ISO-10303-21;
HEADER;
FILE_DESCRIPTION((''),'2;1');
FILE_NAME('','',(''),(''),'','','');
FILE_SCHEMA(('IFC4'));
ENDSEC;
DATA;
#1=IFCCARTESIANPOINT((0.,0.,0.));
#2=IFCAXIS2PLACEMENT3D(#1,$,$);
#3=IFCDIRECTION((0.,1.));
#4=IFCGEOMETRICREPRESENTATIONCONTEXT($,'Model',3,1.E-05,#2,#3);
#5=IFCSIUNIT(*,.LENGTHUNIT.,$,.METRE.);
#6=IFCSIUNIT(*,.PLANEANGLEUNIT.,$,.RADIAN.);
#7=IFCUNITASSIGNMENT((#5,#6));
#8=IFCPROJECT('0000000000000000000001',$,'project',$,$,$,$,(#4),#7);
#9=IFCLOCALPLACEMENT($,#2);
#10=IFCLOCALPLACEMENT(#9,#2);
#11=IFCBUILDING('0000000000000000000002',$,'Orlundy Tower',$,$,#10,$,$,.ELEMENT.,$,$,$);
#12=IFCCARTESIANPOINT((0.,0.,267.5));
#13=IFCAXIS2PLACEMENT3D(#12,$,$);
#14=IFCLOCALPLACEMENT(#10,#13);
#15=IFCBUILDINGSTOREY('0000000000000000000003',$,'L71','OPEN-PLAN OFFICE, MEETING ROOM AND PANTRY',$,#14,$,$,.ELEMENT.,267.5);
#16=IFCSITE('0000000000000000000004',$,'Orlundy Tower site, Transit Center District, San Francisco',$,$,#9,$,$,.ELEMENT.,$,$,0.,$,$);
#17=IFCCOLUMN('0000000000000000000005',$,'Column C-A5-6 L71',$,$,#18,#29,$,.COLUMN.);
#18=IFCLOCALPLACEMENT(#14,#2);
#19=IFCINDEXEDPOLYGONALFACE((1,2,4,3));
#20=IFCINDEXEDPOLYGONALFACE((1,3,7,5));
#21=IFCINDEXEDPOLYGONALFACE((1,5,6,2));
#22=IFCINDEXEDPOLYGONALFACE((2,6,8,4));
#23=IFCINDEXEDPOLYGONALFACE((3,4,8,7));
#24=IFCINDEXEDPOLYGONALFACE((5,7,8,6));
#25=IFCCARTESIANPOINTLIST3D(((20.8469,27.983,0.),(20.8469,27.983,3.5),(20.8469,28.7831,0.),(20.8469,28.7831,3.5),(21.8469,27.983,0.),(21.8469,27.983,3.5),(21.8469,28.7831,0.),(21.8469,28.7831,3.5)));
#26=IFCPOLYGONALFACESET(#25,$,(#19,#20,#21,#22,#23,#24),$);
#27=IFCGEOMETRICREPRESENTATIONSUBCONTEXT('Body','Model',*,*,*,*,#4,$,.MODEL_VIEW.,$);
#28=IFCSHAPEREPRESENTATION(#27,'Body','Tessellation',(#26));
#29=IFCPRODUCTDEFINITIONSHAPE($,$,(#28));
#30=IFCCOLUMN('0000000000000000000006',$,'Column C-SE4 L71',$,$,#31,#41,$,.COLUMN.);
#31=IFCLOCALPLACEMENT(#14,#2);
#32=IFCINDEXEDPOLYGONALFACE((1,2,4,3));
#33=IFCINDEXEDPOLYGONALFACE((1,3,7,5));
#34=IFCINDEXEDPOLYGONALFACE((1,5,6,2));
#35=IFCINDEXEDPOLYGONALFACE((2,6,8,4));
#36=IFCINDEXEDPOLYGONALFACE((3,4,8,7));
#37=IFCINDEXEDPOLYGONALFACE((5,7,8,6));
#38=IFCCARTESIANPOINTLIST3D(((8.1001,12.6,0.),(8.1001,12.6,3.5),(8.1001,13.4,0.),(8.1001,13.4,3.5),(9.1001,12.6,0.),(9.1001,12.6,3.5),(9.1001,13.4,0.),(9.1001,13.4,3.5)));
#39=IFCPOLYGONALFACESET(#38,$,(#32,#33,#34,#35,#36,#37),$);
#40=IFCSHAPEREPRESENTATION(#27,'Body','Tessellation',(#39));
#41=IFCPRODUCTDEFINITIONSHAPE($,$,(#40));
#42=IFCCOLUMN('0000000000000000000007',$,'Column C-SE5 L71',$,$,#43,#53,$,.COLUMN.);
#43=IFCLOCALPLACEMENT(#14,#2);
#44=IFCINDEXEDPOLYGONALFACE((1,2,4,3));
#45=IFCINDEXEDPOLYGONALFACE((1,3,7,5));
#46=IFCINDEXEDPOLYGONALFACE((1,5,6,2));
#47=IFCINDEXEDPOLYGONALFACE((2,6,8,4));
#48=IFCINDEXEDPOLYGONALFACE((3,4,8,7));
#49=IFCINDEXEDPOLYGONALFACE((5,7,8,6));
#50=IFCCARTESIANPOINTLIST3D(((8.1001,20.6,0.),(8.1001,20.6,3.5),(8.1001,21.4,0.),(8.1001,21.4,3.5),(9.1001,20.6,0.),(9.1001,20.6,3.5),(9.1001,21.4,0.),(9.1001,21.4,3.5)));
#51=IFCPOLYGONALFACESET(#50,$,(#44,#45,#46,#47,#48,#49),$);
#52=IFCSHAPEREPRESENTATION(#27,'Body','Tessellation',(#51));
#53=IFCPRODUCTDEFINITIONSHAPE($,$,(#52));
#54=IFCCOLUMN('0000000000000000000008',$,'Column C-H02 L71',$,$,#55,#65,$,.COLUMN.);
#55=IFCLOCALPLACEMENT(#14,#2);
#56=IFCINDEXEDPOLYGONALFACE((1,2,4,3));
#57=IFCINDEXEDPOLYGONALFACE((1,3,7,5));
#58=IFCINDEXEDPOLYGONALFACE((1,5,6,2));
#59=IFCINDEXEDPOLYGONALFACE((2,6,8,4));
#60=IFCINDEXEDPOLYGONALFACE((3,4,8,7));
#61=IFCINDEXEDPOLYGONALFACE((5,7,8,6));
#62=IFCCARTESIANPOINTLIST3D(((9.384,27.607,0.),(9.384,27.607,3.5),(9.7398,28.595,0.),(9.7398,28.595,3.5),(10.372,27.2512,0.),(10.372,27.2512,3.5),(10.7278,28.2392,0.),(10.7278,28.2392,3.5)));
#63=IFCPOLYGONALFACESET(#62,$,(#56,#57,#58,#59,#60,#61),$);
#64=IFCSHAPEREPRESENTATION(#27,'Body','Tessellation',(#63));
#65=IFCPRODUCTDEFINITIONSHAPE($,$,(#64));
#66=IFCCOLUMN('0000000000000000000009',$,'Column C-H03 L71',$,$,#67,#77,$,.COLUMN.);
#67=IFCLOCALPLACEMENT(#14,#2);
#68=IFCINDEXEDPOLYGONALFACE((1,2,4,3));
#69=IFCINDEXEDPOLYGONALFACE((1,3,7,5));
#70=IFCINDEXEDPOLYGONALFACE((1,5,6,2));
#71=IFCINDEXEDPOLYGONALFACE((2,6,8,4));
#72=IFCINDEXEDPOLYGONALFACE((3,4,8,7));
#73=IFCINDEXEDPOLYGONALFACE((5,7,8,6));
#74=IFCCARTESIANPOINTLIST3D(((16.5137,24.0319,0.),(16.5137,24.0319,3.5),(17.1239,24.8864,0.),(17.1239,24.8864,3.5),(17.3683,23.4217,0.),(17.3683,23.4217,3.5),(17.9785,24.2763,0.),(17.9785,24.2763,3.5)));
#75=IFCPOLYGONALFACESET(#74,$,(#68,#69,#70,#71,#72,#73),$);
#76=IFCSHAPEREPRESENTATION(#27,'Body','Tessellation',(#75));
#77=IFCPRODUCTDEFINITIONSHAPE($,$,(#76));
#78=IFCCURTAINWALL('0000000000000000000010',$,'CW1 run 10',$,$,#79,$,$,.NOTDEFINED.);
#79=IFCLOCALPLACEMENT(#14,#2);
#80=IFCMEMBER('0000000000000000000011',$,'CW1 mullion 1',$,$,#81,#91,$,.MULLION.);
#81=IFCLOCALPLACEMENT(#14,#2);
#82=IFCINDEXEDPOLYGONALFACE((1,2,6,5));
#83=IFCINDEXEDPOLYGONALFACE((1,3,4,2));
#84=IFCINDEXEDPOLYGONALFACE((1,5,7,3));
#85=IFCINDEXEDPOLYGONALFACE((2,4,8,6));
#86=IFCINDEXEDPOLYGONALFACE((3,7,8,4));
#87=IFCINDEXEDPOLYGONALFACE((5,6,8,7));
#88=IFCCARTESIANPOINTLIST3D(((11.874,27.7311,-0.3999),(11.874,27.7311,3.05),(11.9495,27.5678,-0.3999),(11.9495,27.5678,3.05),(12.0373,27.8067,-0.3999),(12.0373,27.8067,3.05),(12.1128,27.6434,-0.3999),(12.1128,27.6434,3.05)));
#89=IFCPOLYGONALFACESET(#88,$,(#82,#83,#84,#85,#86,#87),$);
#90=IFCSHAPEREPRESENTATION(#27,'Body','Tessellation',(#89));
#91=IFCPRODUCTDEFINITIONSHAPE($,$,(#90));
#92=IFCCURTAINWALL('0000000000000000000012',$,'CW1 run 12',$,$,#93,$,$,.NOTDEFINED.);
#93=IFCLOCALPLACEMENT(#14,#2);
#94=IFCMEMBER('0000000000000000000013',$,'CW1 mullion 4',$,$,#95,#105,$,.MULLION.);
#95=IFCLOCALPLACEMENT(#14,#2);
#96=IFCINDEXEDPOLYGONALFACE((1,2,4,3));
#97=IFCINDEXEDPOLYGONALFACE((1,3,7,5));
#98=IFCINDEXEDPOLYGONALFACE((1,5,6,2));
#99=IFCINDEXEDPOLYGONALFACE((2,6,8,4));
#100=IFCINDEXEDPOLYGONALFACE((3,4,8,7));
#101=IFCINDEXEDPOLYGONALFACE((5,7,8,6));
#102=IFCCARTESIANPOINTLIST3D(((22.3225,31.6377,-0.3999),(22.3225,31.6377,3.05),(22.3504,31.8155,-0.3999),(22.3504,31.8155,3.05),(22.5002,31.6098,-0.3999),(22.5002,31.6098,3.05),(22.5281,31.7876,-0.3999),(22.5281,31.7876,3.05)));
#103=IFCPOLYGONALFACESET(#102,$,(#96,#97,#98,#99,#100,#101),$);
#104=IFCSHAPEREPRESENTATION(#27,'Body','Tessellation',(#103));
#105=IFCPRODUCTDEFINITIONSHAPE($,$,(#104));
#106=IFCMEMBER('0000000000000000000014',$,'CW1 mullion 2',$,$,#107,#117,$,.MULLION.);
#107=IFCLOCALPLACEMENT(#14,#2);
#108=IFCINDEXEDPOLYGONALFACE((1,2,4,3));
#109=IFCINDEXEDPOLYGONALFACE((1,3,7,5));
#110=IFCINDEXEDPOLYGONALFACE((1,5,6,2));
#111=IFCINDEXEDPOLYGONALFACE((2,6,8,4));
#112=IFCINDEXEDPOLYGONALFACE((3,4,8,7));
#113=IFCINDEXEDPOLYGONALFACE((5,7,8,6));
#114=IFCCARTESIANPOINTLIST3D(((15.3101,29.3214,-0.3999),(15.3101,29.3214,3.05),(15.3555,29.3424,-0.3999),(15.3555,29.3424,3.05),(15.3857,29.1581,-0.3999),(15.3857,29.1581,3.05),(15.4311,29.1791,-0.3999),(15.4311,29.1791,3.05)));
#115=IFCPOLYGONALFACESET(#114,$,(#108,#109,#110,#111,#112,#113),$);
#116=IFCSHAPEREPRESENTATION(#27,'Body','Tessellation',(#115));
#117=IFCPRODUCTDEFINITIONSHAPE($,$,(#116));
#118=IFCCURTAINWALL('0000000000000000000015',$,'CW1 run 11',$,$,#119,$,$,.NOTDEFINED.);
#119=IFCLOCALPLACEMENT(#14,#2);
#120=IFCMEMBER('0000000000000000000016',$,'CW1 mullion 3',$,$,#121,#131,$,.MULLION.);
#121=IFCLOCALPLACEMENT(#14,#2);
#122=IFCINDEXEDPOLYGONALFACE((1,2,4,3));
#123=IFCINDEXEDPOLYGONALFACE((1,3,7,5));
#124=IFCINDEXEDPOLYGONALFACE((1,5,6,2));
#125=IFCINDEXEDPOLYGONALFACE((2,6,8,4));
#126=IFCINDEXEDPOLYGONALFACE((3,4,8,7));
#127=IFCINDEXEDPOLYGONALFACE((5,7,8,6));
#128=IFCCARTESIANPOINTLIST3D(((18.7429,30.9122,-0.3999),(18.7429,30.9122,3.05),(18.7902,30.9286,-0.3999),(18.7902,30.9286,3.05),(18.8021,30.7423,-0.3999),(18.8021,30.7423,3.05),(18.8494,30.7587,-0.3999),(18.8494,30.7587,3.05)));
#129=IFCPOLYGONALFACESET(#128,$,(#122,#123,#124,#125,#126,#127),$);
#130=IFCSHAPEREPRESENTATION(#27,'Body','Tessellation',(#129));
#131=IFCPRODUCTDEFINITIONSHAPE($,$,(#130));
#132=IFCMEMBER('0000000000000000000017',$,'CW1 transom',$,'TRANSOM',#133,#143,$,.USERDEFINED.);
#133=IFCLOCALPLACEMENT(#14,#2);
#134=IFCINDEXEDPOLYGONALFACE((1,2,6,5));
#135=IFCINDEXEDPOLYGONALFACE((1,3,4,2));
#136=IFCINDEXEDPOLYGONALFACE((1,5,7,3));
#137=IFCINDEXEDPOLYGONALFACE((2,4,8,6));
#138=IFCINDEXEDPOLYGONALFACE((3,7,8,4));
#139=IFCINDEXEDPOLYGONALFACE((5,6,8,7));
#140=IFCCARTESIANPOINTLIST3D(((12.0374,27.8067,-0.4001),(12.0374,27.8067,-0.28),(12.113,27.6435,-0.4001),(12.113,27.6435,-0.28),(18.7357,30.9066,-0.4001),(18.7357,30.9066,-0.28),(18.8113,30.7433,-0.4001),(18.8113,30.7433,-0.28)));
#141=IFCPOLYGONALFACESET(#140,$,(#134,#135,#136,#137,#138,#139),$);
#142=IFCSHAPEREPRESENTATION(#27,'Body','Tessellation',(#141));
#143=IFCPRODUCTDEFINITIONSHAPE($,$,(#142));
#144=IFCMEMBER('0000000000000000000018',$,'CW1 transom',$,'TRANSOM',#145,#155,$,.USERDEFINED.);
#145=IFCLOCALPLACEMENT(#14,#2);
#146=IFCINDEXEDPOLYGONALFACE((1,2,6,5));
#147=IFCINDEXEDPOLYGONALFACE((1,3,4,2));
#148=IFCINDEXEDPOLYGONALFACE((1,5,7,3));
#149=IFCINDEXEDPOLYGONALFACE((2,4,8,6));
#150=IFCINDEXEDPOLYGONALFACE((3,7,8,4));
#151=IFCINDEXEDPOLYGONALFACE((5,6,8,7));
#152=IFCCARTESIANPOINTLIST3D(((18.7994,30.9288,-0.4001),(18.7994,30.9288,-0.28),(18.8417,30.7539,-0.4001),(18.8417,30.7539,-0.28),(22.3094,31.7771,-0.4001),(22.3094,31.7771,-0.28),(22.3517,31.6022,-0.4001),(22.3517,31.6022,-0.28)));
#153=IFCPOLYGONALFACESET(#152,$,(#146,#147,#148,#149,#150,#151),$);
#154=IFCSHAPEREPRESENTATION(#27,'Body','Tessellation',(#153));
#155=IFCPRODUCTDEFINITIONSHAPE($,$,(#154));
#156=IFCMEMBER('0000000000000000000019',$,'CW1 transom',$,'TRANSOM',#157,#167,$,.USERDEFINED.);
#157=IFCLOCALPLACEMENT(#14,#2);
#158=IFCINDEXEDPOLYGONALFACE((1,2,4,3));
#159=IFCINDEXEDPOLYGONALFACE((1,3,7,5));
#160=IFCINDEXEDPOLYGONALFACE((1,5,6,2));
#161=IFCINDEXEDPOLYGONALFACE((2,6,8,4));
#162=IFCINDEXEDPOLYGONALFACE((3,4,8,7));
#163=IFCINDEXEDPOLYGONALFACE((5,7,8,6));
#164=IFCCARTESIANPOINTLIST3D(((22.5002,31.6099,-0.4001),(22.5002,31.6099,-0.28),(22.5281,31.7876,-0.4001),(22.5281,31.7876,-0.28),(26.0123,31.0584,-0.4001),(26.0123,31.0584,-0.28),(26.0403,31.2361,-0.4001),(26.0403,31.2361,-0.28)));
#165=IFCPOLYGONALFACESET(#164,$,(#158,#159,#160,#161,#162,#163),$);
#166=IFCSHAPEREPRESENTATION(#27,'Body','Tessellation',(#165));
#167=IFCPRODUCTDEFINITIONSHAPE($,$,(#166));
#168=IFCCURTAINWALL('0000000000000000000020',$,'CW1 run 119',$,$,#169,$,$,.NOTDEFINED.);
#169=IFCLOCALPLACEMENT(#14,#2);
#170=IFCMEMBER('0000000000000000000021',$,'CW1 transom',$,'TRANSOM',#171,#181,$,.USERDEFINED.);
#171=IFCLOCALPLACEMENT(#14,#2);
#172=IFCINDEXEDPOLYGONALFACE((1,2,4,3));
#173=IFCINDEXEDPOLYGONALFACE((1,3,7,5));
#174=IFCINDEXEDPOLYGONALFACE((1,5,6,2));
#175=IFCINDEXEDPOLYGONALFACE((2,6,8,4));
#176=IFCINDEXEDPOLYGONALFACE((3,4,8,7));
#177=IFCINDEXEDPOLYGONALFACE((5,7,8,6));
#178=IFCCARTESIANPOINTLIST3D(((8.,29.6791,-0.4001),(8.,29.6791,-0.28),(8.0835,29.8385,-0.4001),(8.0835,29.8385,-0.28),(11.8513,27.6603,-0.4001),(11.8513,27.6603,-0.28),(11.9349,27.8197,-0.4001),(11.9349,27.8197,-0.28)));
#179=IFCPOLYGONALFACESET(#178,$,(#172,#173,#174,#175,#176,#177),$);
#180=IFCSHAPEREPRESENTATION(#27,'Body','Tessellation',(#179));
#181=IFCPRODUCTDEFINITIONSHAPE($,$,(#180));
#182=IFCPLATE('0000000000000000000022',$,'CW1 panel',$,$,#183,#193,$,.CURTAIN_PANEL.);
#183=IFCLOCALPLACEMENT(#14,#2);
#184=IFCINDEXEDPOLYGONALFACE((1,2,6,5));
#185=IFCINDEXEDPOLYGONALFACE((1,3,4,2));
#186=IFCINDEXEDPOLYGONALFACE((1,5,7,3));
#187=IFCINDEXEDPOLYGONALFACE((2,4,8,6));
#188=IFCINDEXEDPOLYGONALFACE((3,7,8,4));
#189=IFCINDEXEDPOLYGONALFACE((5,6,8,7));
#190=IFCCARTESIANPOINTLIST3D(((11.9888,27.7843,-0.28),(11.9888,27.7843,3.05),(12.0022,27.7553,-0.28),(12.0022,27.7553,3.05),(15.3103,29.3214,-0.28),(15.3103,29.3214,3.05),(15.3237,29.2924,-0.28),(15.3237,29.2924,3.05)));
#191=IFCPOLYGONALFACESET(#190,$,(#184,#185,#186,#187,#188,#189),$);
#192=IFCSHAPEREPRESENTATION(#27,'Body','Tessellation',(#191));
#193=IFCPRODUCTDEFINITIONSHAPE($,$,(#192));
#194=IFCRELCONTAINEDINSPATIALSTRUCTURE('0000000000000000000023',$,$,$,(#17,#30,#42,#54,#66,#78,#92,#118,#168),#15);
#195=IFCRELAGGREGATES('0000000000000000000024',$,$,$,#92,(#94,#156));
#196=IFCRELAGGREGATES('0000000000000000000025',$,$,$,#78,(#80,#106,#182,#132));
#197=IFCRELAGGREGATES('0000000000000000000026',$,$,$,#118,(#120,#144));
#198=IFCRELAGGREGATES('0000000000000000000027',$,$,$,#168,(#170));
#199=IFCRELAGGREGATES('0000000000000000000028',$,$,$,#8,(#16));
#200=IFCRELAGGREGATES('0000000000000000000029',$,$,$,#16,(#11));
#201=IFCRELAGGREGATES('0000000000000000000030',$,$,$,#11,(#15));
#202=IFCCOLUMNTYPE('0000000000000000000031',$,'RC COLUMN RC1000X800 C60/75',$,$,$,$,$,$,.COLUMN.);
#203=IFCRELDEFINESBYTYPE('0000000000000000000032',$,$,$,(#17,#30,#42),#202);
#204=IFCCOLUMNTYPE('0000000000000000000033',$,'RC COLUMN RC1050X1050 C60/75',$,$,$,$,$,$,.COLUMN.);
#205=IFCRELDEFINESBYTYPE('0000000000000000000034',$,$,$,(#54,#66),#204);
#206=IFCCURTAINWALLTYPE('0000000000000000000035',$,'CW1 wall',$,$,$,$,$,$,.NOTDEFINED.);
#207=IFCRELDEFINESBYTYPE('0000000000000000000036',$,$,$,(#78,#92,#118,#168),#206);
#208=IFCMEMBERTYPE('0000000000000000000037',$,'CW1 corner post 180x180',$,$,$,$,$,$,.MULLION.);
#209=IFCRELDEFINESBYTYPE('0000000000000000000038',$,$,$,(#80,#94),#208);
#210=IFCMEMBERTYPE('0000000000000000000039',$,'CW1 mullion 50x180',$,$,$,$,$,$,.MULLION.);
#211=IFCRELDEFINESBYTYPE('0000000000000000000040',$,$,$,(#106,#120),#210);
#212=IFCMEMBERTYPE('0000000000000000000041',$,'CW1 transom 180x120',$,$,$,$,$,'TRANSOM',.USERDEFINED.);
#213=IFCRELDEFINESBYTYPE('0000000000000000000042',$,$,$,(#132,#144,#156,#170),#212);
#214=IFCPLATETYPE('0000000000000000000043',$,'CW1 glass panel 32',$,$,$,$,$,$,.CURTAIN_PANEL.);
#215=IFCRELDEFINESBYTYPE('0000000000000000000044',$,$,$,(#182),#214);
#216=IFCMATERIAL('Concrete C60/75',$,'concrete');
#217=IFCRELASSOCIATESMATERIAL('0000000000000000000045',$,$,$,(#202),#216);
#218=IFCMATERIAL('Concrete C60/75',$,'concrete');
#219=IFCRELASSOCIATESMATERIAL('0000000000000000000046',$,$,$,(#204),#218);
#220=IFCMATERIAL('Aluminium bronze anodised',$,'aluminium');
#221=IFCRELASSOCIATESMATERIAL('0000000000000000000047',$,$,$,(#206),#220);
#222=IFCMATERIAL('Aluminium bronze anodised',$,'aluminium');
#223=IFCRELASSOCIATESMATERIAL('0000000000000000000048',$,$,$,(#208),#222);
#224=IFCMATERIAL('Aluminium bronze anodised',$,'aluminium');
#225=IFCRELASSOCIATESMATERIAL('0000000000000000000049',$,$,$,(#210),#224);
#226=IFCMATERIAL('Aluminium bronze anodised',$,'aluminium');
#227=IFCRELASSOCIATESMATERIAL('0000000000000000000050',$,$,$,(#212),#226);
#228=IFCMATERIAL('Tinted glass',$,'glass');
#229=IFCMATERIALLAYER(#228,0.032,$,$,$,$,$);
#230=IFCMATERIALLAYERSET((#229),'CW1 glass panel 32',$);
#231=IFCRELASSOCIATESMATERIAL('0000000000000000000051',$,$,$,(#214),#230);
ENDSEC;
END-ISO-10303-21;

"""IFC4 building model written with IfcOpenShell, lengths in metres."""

from ifc_helpers import new_model, si_unit, direction, frame, origin, origin_2d, place, context, subcontext, project, spatial, rectangle, extrude, material, layer, layer_set, material_profile, profile_set, type_object, element, aggregate, save


model = new_model("IFC4")

# Units and contexts
model_context = context("Model", 3, precision=1e-05, world=origin(), true_north=direction((0.0, 1.0)))
body_context = subcontext(model_context, "Body", "Model", "MODEL_VIEW")
ifc_project = project(units=[si_unit("LENGTHUNIT", "METRE"), si_unit("PLANEANGLEUNIT", "RADIAN")], contexts=[model_context])

# Site, building, storey
site_placement = place(None, origin())
site = spatial("IfcSite", under=ifc_project, at=site_placement, Name="Orlundy Tower site, Transit Center District, San Francisco", CompositionType="ELEMENT", RefElevation=0.0)
building_placement = place(site_placement, origin())
building = spatial("IfcBuilding", under=site, at=building_placement, Name="Orlundy Tower", CompositionType="ELEMENT")
storey_placement = place(building_placement, frame((0.0, 0.0, 267.5)))
storey = spatial("IfcBuildingStorey", under=building, at=storey_placement, Name="L71", Description="OPEN-PLAN OFFICE, MEETING ROOM AND PANTRY", CompositionType="ELEMENT", Elevation=267.5)

# Columns
ifc_material_1 = material(Name="Concrete C60/75", Category="concrete")
ifc_material_profile_1 = material_profile(ifc_material_1, rectangle(XDim=1.0, YDim=0.8, at=origin_2d()), Name="RC1000X800")
ifc_profile_set_1 = profile_set([ifc_material_profile_1], Name="Concrete C60/75")
column_type_1 = type_object("IfcColumnType", Name="RC COLUMN RC1000X800 C60/75", PredefinedType="COLUMN", material=ifc_profile_set_1)
for number, where, z_axis, x_axis, name in (
    (1, (21.3469, 28.3831, 0.0), (0.0, 0.0, 1.0), (1.0, 0.0, 0.0), "Column C-A5-6 L71"),
    (2, (8.6001, 13.0, 0.0), (0.0, 0.0, 1.0), (1.0, 0.0, 0.0), "Column C-SE4 L71"),
    (3, (8.6001, 21.0, 0.0), (0.0, 0.0, 1.0), (1.0, 0.0, 0.0), "Column C-SE5 L71"),
):
    element("IfcColumn", number, at=place(storey_placement, frame(where, z_axis=z_axis, x_axis=x_axis)), inside=storey, type_object=column_type_1, Name=name, PredefinedType="COLUMN", context=body_context, shape_type="SweptSolid", body=[
        extrude(rectangle(XDim=1.0, YDim=0.8, at=origin_2d()), origin(), (0.0, 0.0, 1.0), 3.5),
    ])
ifc_material_2 = material(Name="Concrete C60/75", Category="concrete")
ifc_material_profile_2 = material_profile(ifc_material_2, rectangle(XDim=1.05, YDim=1.05, at=origin_2d()), Name="RC1050X1050")
ifc_profile_set_2 = profile_set([ifc_material_profile_2], Name="Concrete C60/75")
column_type_2 = type_object("IfcColumnType", Name="RC COLUMN RC1050X1050 C60/75", PredefinedType="COLUMN", material=ifc_profile_set_2)
for number, where, z_axis, x_axis, name in (
    (4, (10.0559, 27.9231, 0.0), (0.0, 0.0, 1.0), (0.338836, 0.940845, 0.0), "Column C-H02 L71"),
    (5, (17.2461, 24.1541, 0.0), (0.0, 0.0, 1.0), (0.581087, 0.813842, 0.0), "Column C-H03 L71"),
):
    element("IfcColumn", number, at=place(storey_placement, frame(where, z_axis=z_axis, x_axis=x_axis)), inside=storey, type_object=column_type_2, Name=name, PredefinedType="COLUMN", context=body_context, shape_type="SweptSolid", body=[
        extrude(rectangle(XDim=1.05, YDim=1.05, at=origin_2d()), origin(), (0.0, 0.0, 1.0), 3.5),
    ])

# Curtain walls, members
ifc_material_3 = material(Name="Aluminium bronze anodised", Category="aluminium")
curtain_wall_type = type_object("IfcCurtainWallType", Name="CW1 wall", PredefinedType="NOTDEFINED", material=ifc_material_3)
curtain_wall_1_placement = place(storey_placement, origin())
curtain_wall_1 = element("IfcCurtainWall", 6, at=curtain_wall_1_placement, inside=storey, type_object=curtain_wall_type, Name="CW1 run 10", PredefinedType="NOTDEFINED")
ifc_material_4 = material(Name="Aluminium bronze anodised", Category="aluminium")
ifc_material_profile_3 = material_profile(ifc_material_4, rectangle(XDim=0.1799, YDim=0.1799, at=origin_2d()), Name="CW1 corner post 180x180")
ifc_profile_set_3 = profile_set([ifc_material_profile_3], Name="Aluminium bronze anodised")
member_type_1 = type_object("IfcMemberType", Name="CW1 corner post 180x180", PredefinedType="MULLION", material=ifc_profile_set_3)
member_1_placement = place(storey_placement, frame((11.9934, 27.6873, -0.3999), z_axis=(0.0, 0.0, 1.0), x_axis=(-0.419976, 0.907535, 0.0)))
member_1 = element("IfcMember", 7, at=member_1_placement, type_object=member_type_1, Name="CW1 mullion 1", PredefinedType="MULLION", context=body_context, shape_type="SweptSolid", body=[
    extrude(rectangle(XDim=0.1799, YDim=0.1799, at=origin_2d()), origin(), (0.0, 0.0, 1.0), 3.45),
])
curtain_wall_2_placement = place(storey_placement, origin())
curtain_wall_2 = element("IfcCurtainWall", 8, at=curtain_wall_2_placement, inside=storey, type_object=curtain_wall_type, Name="CW1 run 12", PredefinedType="NOTDEFINED")
member_2_placement = place(storey_placement, frame((22.4253, 31.7126, -0.3999), z_axis=(0.0, 0.0, 1.0), x_axis=(0.155117, 0.987896, 0.0)))
member_2 = element("IfcMember", 9, at=member_2_placement, type_object=member_type_1, Name="CW1 mullion 4", PredefinedType="MULLION", context=body_context, shape_type="SweptSolid", body=[
    extrude(rectangle(XDim=0.1799, YDim=0.1799, at=origin_2d()), origin(), (0.0, 0.0, 1.0), 3.45),
])

# Member
ifc_material_5 = material(Name="Aluminium bronze anodised", Category="aluminium")
ifc_material_profile_4 = material_profile(ifc_material_5, rectangle(XDim=0.1799, YDim=0.05, at=origin_2d()), Name="CW1 mullion 50x180")
ifc_profile_set_4 = profile_set([ifc_material_profile_4], Name="Aluminium bronze anodised")
member_type_2 = type_object("IfcMemberType", Name="CW1 mullion 50x180", PredefinedType="MULLION", material=ifc_profile_set_4)
member_3_placement = place(storey_placement, frame((15.3706, 29.2502, -0.3999), z_axis=(0.0, 0.0, 1.0), x_axis=(-0.419976, 0.907535, 0.0)))
member_3 = element("IfcMember", 10, at=member_3_placement, type_object=member_type_2, Name="CW1 mullion 2", PredefinedType="MULLION", context=body_context, shape_type="SweptSolid", body=[
    extrude(rectangle(XDim=0.1799, YDim=0.05, at=origin_2d()), origin(), (0.0, 0.0, 1.0), 3.45),
])

# Curtain wall, member
curtain_wall_3_placement = place(storey_placement, origin())
curtain_wall_3 = element("IfcCurtainWall", 11, at=curtain_wall_3_placement, inside=storey, type_object=curtain_wall_type, Name="CW1 run 11", PredefinedType="NOTDEFINED")
member_4_placement = place(storey_placement, frame((18.7961, 30.8354, -0.3999), z_axis=(0.0, 0.0, 1.0), x_axis=(-0.329058, 0.94431, 0.0)))
member_4 = element("IfcMember", 12, at=member_4_placement, type_object=member_type_2, Name="CW1 mullion 3", PredefinedType="MULLION", context=body_context, shape_type="SweptSolid", body=[
    extrude(rectangle(XDim=0.1799, YDim=0.05, at=origin_2d()), origin(), (0.0, 0.0, 1.0), 3.45),
])

# Members
ifc_material_6 = material(Name="Aluminium bronze anodised", Category="aluminium")
ifc_material_profile_5 = material_profile(ifc_material_6, rectangle(XDim=0.1799, YDim=0.1201, at=origin_2d()), Name="CW1 transom 180x120")
ifc_profile_set_5 = profile_set([ifc_material_profile_5], Name="Aluminium bronze anodised")
member_type_3 = type_object("IfcMemberType", Name="CW1 transom 180x120", ElementType="TRANSOM", PredefinedType="USERDEFINED", material=ifc_profile_set_5)
member_5_placement = place(storey_placement, frame((12.0752, 27.7251, -0.3401), z_axis=(0.907528, 0.419991, 0.0), x_axis=(-0.419991, 0.907528, 0.0)))
member_5 = element("IfcMember", 13, at=member_5_placement, type_object=member_type_3, Name="CW1 transom", ObjectType="TRANSOM", PredefinedType="USERDEFINED", context=body_context, shape_type="SweptSolid", body=[
    extrude(rectangle(XDim=0.1799, YDim=0.1201, at=origin_2d()), origin(), (0.0, 0.0, 1.0), 7.3809),
])
member_6_placement = place(storey_placement, frame((18.8206, 30.8413, -0.3401), z_axis=(0.97201, 0.23494, 0.0), x_axis=(-0.23494, 0.97201, 0.0)))
member_6 = element("IfcMember", 14, at=member_6_placement, type_object=member_type_3, Name="CW1 transom", ObjectType="TRANSOM", PredefinedType="USERDEFINED", context=body_context, shape_type="SweptSolid", body=[
    extrude(rectangle(XDim=0.1799, YDim=0.1201, at=origin_2d()), origin(), (0.0, 0.0, 1.0), 3.6111),
])
member_7_placement = place(storey_placement, frame((22.5142, 31.6987, -0.3401), z_axis=(0.987895, -0.155127, 0.0), x_axis=(0.155127, 0.987895, 0.0)))
member_7 = element("IfcMember", 15, at=member_7_placement, type_object=member_type_3, Name="CW1 transom", ObjectType="TRANSOM", PredefinedType="USERDEFINED", context=body_context, shape_type="SweptSolid", body=[
    extrude(rectangle(XDim=0.1799, YDim=0.1201, at=origin_2d()), origin(), (0.0, 0.0, 1.0), 3.5552),
])
aggregate(curtain_wall_2, [member_2, member_7])

# Curtain wall, member
curtain_wall_4_placement = place(storey_placement, origin())
curtain_wall_4 = element("IfcCurtainWall", 16, at=curtain_wall_4_placement, inside=storey, type_object=curtain_wall_type, Name="CW1 run 119", PredefinedType="NOTDEFINED")
member_8_placement = place(storey_placement, frame((8.0417, 29.7588, -0.3401), z_axis=(0.885695, -0.464267, 0.0), x_axis=(0.464267, 0.885695, 0.0)))
member_8 = element("IfcMember", 17, at=member_8_placement, type_object=member_type_3, Name="CW1 transom", ObjectType="TRANSOM", PredefinedType="USERDEFINED", context=body_context, shape_type="SweptSolid", body=[
    extrude(rectangle(XDim=0.1799, YDim=0.1201, at=origin_2d()), origin(), (0.0, 0.0, 1.0), 4.3484),
])

# Plate
ifc_material_7 = material(Name="Tinted glass", Category="glass")
ifc_layer_1 = layer(ifc_material_7, 0.032)
ifc_layer_set_1 = layer_set([ifc_layer_1], Name="CW1 glass panel 32")
plate_type_1 = type_object("IfcPlateType", Name="CW1 glass panel 32", PredefinedType="CURTAIN_PANEL", material=ifc_layer_set_1)
plate_1_placement = place(storey_placement, frame((13.6562, 28.5383, -0.28), z_axis=(0.0, 0.0, 1.0), x_axis=(0.907535, 0.419976, 0.0)))
plate_1 = element("IfcPlate", 18, at=plate_1_placement, type_object=plate_type_1, Name="CW1 panel", PredefinedType="CURTAIN_PANEL", context=body_context, shape_type="SweptSolid", body=[
    extrude(rectangle(XDim=3.6599, YDim=0.032, at=origin_2d()), origin(), (0.0, 0.0, 1.0), 3.3301),
])
aggregate(curtain_wall_1, [member_1, member_3, plate_1, member_5])
aggregate(curtain_wall_3, [member_4, member_6])
aggregate(curtain_wall_4, [member_8])

save(model, "model.ifc")
